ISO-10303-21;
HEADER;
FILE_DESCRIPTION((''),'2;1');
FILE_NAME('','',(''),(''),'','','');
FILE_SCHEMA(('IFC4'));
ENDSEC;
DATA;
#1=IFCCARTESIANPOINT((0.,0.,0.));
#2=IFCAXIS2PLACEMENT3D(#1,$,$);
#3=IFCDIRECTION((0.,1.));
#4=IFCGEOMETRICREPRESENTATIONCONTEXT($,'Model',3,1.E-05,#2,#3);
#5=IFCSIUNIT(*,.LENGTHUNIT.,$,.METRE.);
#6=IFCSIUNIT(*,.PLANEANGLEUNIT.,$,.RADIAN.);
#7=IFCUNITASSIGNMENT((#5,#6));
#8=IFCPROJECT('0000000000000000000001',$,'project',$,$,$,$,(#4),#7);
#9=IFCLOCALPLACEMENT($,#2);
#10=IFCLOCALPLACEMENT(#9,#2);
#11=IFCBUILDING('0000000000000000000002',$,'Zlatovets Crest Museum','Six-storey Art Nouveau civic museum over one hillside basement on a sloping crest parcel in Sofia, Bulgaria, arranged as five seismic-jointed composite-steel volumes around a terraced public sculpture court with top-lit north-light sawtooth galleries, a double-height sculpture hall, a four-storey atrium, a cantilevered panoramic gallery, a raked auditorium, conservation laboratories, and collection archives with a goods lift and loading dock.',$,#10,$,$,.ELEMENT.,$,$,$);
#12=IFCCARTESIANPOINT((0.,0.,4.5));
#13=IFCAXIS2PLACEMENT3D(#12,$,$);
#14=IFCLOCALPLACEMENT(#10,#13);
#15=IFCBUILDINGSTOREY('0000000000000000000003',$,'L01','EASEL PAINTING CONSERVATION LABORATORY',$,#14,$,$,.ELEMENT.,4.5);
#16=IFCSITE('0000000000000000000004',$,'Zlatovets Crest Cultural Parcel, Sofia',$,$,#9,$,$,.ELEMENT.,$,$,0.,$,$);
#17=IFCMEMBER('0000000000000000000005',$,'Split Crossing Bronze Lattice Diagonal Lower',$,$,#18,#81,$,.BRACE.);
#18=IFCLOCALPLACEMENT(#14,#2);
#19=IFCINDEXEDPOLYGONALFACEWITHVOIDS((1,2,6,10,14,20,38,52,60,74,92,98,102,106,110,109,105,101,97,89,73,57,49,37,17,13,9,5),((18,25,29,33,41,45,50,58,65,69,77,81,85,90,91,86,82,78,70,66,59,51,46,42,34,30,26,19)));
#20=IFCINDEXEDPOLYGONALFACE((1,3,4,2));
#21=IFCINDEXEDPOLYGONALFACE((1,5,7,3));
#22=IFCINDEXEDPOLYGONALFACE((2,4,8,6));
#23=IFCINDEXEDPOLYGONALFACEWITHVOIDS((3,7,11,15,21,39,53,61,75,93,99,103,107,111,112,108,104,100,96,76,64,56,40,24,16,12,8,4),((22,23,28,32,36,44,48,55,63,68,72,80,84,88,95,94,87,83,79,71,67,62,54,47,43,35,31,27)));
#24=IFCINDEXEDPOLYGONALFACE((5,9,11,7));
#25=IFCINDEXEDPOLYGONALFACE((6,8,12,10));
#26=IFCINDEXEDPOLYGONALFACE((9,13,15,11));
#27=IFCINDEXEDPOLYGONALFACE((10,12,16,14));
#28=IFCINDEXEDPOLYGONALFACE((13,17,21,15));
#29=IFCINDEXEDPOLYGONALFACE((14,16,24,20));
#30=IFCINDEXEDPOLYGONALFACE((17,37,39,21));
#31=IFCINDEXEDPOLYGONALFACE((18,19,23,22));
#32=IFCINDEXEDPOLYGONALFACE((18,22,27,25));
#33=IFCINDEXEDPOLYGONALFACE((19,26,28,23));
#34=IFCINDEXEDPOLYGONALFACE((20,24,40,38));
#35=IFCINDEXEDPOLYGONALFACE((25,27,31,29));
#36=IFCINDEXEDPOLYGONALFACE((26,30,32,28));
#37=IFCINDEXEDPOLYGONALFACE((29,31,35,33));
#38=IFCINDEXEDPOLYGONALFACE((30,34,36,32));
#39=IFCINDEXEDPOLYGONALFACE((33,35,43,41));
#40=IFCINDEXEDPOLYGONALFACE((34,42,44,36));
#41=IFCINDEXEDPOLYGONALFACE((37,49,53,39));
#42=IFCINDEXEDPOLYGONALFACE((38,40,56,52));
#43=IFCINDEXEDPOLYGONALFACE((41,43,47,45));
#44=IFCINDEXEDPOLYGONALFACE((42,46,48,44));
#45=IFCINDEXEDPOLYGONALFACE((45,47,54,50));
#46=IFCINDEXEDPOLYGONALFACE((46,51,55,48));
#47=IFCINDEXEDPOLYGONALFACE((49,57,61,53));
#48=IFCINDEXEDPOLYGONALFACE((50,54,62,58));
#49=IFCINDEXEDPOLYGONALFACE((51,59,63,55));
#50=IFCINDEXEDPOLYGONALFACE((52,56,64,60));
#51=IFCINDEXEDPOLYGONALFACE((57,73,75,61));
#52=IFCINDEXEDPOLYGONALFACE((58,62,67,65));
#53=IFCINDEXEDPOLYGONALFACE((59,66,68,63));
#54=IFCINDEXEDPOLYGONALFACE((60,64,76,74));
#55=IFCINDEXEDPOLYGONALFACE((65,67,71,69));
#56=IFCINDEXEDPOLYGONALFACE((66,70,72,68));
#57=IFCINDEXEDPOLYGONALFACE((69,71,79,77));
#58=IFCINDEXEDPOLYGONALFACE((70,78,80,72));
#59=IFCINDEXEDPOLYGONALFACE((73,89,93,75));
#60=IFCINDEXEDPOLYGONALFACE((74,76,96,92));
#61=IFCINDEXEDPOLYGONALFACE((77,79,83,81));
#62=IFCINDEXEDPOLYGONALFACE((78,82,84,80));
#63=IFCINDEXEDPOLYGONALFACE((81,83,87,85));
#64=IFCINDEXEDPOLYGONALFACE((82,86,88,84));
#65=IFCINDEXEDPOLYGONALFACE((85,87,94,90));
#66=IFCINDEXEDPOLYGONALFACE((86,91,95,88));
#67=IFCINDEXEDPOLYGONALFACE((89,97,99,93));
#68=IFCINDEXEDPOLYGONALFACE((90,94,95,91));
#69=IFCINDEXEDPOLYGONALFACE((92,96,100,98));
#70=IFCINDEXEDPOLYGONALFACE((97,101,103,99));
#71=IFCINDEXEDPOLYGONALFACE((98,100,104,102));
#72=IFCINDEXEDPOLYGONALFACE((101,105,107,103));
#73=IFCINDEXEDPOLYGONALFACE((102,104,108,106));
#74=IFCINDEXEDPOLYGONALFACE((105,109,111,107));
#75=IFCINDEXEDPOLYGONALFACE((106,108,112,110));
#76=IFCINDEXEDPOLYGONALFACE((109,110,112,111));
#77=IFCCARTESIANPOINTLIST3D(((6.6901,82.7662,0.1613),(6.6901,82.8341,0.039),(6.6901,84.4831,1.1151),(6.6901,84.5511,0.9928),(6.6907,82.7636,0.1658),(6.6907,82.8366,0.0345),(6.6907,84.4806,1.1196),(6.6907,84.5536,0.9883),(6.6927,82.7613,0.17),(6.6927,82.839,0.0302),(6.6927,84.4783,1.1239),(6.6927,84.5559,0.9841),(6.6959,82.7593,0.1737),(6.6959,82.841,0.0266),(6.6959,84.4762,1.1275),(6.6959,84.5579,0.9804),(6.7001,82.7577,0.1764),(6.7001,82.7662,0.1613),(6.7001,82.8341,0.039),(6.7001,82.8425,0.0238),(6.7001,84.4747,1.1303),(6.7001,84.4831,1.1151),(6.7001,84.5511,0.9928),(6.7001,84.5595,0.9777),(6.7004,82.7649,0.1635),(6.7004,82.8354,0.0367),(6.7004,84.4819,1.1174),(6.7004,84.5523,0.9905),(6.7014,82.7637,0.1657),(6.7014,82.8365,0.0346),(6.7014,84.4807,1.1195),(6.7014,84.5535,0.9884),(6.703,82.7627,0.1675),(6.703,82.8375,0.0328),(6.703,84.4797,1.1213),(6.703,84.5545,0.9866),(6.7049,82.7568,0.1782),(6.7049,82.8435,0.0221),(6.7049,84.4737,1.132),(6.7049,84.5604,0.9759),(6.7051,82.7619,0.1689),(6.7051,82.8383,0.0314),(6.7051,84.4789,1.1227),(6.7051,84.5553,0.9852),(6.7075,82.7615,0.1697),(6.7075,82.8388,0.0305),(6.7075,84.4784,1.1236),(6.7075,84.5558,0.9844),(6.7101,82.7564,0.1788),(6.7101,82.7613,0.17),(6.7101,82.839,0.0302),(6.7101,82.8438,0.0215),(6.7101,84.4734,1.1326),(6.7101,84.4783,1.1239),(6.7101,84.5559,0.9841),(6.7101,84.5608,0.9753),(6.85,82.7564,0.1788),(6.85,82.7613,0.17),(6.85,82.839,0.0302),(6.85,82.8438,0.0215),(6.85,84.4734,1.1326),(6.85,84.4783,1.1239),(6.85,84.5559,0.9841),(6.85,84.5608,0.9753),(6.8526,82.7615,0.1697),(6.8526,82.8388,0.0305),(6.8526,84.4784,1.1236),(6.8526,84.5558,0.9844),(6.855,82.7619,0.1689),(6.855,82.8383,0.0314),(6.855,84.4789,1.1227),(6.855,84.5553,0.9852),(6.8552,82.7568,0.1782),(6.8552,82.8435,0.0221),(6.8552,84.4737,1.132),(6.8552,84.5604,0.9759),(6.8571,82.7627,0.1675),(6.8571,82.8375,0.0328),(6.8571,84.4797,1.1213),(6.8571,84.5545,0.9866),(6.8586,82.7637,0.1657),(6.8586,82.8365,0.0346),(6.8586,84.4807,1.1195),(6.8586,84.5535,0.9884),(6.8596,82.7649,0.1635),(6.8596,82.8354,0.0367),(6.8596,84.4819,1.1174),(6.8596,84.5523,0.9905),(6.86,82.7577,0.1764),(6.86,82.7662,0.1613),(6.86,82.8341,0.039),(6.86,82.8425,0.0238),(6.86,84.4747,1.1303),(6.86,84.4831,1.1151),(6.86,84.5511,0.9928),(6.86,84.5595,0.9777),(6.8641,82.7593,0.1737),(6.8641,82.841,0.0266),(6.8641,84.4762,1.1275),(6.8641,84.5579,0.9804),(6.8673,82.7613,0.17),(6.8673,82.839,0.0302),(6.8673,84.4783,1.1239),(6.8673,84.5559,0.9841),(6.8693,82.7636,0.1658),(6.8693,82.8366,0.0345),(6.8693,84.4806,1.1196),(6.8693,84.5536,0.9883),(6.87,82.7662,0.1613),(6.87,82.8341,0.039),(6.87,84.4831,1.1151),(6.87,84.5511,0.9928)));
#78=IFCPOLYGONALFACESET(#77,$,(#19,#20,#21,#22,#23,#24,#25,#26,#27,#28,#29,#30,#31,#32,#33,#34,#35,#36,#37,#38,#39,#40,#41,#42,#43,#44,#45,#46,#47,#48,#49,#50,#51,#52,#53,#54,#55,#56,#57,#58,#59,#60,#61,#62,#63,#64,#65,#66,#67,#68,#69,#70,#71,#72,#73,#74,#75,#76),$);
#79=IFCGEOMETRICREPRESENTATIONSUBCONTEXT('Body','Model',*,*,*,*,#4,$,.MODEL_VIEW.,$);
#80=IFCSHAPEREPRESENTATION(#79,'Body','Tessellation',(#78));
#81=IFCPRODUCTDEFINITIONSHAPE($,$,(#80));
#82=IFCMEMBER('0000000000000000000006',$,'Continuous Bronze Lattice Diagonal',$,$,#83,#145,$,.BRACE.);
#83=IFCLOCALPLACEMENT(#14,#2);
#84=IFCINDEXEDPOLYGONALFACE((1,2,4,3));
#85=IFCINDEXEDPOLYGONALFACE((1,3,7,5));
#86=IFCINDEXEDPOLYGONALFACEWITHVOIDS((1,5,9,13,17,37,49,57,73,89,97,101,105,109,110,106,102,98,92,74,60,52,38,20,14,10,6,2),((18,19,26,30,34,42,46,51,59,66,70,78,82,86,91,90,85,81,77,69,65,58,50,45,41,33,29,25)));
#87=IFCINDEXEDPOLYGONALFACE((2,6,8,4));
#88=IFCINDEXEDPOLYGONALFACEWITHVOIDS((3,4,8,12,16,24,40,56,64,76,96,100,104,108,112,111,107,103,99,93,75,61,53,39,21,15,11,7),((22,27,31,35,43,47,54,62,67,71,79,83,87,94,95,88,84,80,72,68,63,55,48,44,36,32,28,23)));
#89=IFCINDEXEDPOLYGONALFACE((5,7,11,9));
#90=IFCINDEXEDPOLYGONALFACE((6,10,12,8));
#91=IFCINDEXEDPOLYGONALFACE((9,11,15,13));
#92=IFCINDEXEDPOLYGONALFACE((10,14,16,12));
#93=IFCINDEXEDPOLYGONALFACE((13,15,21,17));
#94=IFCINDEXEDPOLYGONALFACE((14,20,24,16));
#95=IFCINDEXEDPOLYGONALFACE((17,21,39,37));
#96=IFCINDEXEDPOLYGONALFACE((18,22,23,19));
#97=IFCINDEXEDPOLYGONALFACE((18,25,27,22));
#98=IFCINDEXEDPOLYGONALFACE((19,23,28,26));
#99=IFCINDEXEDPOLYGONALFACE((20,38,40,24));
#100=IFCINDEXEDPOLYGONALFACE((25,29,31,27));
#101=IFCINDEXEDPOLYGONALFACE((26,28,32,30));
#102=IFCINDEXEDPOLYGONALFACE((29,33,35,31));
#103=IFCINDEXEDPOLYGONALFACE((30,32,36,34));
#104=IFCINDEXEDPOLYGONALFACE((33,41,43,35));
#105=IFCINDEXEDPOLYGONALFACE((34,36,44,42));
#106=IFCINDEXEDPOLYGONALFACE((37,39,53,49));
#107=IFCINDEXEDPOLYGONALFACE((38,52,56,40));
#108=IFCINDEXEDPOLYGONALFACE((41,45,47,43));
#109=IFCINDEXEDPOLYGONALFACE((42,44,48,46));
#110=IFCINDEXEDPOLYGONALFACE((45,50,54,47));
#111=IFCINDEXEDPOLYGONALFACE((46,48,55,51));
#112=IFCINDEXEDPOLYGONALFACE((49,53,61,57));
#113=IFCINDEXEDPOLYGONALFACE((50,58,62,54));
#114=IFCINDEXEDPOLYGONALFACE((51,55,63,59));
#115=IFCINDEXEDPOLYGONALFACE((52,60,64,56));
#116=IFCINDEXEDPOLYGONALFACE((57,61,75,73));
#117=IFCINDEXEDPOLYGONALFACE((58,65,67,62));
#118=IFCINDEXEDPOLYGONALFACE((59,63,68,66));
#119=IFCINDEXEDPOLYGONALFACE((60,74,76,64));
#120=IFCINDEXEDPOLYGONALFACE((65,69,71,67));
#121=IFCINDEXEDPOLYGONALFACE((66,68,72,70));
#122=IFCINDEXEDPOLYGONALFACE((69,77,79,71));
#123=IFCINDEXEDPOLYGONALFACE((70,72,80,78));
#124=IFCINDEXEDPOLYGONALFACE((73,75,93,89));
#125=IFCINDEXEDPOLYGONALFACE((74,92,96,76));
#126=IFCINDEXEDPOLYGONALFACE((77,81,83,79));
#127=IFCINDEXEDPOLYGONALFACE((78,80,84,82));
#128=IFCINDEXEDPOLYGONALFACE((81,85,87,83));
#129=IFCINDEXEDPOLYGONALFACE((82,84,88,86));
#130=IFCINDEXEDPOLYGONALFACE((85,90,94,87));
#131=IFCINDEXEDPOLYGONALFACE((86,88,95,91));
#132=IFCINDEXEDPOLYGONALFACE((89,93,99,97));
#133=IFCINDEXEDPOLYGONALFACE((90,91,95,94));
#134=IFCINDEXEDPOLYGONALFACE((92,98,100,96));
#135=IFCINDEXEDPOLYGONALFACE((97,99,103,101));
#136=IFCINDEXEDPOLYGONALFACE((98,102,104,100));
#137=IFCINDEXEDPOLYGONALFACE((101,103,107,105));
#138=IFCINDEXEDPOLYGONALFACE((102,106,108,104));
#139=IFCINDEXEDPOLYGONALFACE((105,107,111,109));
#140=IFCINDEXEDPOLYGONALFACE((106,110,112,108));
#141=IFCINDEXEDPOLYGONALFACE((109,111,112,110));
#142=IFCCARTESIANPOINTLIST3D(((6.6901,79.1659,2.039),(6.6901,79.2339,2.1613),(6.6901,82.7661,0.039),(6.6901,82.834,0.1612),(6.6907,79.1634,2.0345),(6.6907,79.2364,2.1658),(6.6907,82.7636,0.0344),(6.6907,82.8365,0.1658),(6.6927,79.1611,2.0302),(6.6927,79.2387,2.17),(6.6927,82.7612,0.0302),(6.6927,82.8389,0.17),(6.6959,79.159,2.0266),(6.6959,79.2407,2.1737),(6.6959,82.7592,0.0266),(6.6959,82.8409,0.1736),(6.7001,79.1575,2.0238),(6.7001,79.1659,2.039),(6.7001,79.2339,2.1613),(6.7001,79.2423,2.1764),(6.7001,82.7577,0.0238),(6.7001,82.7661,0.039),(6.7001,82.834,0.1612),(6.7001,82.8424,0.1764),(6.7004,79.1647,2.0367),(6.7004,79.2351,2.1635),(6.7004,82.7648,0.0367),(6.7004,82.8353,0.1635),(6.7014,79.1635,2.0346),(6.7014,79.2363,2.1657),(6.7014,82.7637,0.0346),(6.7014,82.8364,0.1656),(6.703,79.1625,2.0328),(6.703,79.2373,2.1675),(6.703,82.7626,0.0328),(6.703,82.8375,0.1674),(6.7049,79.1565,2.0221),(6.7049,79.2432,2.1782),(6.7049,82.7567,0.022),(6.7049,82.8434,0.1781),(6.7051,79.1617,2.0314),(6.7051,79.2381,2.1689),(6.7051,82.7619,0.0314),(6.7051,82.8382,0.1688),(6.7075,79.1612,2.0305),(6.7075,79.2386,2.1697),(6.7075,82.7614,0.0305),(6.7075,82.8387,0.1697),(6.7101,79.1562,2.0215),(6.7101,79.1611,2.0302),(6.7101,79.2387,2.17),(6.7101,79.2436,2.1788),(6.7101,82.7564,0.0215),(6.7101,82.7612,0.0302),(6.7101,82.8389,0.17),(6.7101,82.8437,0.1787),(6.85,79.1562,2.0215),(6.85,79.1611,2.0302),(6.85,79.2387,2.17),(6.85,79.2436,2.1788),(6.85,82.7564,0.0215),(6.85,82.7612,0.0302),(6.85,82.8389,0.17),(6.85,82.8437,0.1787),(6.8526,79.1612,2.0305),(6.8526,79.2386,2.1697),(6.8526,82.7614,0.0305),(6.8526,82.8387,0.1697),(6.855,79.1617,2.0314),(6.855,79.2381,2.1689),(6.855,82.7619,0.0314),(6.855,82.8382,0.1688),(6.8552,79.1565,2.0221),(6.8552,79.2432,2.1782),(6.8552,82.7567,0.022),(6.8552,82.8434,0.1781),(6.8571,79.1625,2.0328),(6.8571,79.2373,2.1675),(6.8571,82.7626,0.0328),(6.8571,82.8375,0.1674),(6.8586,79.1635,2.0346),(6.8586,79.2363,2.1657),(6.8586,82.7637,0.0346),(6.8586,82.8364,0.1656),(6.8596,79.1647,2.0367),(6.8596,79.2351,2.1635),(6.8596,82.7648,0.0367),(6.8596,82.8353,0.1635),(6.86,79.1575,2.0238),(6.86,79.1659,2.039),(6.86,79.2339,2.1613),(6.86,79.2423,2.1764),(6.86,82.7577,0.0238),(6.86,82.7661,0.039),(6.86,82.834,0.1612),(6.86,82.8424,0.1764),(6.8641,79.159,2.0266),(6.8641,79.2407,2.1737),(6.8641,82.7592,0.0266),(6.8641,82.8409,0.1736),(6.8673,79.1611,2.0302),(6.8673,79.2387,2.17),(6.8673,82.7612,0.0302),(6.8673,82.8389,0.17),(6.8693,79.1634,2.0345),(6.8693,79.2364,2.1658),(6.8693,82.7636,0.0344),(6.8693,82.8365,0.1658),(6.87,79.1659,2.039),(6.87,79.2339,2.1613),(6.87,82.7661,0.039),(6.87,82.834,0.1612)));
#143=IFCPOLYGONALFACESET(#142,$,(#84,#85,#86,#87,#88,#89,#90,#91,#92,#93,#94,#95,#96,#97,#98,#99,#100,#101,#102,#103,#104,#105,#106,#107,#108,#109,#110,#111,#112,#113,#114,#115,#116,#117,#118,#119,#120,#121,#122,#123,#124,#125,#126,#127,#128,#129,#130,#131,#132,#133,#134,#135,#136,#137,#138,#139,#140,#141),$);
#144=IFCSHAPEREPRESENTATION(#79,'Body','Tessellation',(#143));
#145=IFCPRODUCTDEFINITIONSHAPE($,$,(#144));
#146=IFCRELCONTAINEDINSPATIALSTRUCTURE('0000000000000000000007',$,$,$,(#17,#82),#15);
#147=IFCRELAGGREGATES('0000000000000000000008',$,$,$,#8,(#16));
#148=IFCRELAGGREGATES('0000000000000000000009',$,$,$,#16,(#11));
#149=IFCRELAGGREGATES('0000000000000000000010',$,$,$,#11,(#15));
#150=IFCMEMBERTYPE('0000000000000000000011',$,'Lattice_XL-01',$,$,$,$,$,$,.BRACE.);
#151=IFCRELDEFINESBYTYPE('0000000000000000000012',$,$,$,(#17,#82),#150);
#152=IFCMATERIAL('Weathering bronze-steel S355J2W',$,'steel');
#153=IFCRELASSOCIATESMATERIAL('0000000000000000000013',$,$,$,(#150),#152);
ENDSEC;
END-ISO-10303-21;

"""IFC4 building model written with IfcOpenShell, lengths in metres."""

from ifc_helpers import new_model, si_unit, direction, frame, origin, origin_2d, place, context, subcontext, project, spatial, hollow_rectangle, extrude, material, material_profile, profile_set, type_object, element, save


model = new_model("IFC4")

# Units and contexts
model_context = context("Model", 3, precision=1e-05, world=origin(), true_north=direction((0.0, 1.0)))
body_context = subcontext(model_context, "Body", "Model", "MODEL_VIEW")
ifc_project = project(units=[si_unit("LENGTHUNIT", "METRE"), si_unit("PLANEANGLEUNIT", "RADIAN")], contexts=[model_context])

# Site, building, storey
site_placement = place(None, origin())
site = spatial("IfcSite", under=ifc_project, at=site_placement, Name="Zlatovets Crest Cultural Parcel, Sofia", CompositionType="ELEMENT", RefElevation=0.0)
building_placement = place(site_placement, origin())
building = spatial("IfcBuilding", under=site, at=building_placement, Name="Zlatovets Crest Museum", Description="Six-storey Art Nouveau civic museum over one hillside basement on a sloping crest parcel in Sofia, Bulgaria, arranged as five seismic-jointed composite-steel volumes around a terraced public sculpture court with top-lit north-light sawtooth galleries, a double-height sculpture hall, a four-storey atrium, a cantilevered panoramic gallery, a raked auditorium, conservation laboratories, and collection archives with a goods lift and loading dock.", CompositionType="ELEMENT")
storey_placement = place(building_placement, frame((0.0, 0.0, 4.5)))
storey = spatial("IfcBuildingStorey", under=building, at=storey_placement, Name="L01", Description="EASEL PAINTING CONSERVATION LABORATORY", CompositionType="ELEMENT", Elevation=4.5)

# Members
ifc_material_1 = material(Name="Weathering bronze-steel S355J2W", Category="steel")
ifc_material_profile_1 = material_profile(ifc_material_1, hollow_rectangle(XDim=0.1799, YDim=0.1799, WallThickness=0.01, InnerFilletRadius=0.01, OuterFilletRadius=0.02, at=origin_2d()), Name="SHS 180x180x10.0")
ifc_profile_set_1 = profile_set([ifc_material_profile_1], Name="Weathering bronze-steel S355J2W")
member_type_1 = type_object("IfcMemberType", Name="Lattice_XL-01", PredefinedType="BRACE", material=ifc_profile_set_1)
for number, where, z_axis, x_axis, name in (
    (1, (6.78, 84.5171, 1.054), (0.0, -0.874169, -0.485622), (1.0, 0.0, 0.0), "Split Crossing Bronze Lattice Diagonal Lower"),
):
    element("IfcMember", number, at=place(storey_placement, frame(where, z_axis=z_axis, x_axis=x_axis)), inside=storey, type_object=member_type_1, Name=name, PredefinedType="BRACE", context=body_context, shape_type="SweptSolid", body=[
        extrude(hollow_rectangle(XDim=0.1799, YDim=0.1799, WallThickness=0.01, InnerFilletRadius=0.01, OuterFilletRadius=0.02, at=origin_2d()), origin(), (0.0, 0.0, 1.0), 1.9641),
    ])
member_1_placement = place(storey_placement, frame((6.78, 82.8, 0.1001), z_axis=(0.0, -0.874163, 0.485633), x_axis=(1.0, 0.0, 0.0)))
element("IfcMember", 2, at=member_1_placement, inside=storey, type_object=member_type_1, Name="Continuous Bronze Lattice Diagonal", PredefinedType="BRACE", context=body_context, shape_type="SweptSolid", body=[
    extrude(hollow_rectangle(XDim=0.1799, YDim=0.1799, WallThickness=0.01, InnerFilletRadius=0.01, OuterFilletRadius=0.02, at=origin_2d()), origin(), (0.0, 0.0, 1.0), 4.1184),
])

save(model, "model.ifc")
